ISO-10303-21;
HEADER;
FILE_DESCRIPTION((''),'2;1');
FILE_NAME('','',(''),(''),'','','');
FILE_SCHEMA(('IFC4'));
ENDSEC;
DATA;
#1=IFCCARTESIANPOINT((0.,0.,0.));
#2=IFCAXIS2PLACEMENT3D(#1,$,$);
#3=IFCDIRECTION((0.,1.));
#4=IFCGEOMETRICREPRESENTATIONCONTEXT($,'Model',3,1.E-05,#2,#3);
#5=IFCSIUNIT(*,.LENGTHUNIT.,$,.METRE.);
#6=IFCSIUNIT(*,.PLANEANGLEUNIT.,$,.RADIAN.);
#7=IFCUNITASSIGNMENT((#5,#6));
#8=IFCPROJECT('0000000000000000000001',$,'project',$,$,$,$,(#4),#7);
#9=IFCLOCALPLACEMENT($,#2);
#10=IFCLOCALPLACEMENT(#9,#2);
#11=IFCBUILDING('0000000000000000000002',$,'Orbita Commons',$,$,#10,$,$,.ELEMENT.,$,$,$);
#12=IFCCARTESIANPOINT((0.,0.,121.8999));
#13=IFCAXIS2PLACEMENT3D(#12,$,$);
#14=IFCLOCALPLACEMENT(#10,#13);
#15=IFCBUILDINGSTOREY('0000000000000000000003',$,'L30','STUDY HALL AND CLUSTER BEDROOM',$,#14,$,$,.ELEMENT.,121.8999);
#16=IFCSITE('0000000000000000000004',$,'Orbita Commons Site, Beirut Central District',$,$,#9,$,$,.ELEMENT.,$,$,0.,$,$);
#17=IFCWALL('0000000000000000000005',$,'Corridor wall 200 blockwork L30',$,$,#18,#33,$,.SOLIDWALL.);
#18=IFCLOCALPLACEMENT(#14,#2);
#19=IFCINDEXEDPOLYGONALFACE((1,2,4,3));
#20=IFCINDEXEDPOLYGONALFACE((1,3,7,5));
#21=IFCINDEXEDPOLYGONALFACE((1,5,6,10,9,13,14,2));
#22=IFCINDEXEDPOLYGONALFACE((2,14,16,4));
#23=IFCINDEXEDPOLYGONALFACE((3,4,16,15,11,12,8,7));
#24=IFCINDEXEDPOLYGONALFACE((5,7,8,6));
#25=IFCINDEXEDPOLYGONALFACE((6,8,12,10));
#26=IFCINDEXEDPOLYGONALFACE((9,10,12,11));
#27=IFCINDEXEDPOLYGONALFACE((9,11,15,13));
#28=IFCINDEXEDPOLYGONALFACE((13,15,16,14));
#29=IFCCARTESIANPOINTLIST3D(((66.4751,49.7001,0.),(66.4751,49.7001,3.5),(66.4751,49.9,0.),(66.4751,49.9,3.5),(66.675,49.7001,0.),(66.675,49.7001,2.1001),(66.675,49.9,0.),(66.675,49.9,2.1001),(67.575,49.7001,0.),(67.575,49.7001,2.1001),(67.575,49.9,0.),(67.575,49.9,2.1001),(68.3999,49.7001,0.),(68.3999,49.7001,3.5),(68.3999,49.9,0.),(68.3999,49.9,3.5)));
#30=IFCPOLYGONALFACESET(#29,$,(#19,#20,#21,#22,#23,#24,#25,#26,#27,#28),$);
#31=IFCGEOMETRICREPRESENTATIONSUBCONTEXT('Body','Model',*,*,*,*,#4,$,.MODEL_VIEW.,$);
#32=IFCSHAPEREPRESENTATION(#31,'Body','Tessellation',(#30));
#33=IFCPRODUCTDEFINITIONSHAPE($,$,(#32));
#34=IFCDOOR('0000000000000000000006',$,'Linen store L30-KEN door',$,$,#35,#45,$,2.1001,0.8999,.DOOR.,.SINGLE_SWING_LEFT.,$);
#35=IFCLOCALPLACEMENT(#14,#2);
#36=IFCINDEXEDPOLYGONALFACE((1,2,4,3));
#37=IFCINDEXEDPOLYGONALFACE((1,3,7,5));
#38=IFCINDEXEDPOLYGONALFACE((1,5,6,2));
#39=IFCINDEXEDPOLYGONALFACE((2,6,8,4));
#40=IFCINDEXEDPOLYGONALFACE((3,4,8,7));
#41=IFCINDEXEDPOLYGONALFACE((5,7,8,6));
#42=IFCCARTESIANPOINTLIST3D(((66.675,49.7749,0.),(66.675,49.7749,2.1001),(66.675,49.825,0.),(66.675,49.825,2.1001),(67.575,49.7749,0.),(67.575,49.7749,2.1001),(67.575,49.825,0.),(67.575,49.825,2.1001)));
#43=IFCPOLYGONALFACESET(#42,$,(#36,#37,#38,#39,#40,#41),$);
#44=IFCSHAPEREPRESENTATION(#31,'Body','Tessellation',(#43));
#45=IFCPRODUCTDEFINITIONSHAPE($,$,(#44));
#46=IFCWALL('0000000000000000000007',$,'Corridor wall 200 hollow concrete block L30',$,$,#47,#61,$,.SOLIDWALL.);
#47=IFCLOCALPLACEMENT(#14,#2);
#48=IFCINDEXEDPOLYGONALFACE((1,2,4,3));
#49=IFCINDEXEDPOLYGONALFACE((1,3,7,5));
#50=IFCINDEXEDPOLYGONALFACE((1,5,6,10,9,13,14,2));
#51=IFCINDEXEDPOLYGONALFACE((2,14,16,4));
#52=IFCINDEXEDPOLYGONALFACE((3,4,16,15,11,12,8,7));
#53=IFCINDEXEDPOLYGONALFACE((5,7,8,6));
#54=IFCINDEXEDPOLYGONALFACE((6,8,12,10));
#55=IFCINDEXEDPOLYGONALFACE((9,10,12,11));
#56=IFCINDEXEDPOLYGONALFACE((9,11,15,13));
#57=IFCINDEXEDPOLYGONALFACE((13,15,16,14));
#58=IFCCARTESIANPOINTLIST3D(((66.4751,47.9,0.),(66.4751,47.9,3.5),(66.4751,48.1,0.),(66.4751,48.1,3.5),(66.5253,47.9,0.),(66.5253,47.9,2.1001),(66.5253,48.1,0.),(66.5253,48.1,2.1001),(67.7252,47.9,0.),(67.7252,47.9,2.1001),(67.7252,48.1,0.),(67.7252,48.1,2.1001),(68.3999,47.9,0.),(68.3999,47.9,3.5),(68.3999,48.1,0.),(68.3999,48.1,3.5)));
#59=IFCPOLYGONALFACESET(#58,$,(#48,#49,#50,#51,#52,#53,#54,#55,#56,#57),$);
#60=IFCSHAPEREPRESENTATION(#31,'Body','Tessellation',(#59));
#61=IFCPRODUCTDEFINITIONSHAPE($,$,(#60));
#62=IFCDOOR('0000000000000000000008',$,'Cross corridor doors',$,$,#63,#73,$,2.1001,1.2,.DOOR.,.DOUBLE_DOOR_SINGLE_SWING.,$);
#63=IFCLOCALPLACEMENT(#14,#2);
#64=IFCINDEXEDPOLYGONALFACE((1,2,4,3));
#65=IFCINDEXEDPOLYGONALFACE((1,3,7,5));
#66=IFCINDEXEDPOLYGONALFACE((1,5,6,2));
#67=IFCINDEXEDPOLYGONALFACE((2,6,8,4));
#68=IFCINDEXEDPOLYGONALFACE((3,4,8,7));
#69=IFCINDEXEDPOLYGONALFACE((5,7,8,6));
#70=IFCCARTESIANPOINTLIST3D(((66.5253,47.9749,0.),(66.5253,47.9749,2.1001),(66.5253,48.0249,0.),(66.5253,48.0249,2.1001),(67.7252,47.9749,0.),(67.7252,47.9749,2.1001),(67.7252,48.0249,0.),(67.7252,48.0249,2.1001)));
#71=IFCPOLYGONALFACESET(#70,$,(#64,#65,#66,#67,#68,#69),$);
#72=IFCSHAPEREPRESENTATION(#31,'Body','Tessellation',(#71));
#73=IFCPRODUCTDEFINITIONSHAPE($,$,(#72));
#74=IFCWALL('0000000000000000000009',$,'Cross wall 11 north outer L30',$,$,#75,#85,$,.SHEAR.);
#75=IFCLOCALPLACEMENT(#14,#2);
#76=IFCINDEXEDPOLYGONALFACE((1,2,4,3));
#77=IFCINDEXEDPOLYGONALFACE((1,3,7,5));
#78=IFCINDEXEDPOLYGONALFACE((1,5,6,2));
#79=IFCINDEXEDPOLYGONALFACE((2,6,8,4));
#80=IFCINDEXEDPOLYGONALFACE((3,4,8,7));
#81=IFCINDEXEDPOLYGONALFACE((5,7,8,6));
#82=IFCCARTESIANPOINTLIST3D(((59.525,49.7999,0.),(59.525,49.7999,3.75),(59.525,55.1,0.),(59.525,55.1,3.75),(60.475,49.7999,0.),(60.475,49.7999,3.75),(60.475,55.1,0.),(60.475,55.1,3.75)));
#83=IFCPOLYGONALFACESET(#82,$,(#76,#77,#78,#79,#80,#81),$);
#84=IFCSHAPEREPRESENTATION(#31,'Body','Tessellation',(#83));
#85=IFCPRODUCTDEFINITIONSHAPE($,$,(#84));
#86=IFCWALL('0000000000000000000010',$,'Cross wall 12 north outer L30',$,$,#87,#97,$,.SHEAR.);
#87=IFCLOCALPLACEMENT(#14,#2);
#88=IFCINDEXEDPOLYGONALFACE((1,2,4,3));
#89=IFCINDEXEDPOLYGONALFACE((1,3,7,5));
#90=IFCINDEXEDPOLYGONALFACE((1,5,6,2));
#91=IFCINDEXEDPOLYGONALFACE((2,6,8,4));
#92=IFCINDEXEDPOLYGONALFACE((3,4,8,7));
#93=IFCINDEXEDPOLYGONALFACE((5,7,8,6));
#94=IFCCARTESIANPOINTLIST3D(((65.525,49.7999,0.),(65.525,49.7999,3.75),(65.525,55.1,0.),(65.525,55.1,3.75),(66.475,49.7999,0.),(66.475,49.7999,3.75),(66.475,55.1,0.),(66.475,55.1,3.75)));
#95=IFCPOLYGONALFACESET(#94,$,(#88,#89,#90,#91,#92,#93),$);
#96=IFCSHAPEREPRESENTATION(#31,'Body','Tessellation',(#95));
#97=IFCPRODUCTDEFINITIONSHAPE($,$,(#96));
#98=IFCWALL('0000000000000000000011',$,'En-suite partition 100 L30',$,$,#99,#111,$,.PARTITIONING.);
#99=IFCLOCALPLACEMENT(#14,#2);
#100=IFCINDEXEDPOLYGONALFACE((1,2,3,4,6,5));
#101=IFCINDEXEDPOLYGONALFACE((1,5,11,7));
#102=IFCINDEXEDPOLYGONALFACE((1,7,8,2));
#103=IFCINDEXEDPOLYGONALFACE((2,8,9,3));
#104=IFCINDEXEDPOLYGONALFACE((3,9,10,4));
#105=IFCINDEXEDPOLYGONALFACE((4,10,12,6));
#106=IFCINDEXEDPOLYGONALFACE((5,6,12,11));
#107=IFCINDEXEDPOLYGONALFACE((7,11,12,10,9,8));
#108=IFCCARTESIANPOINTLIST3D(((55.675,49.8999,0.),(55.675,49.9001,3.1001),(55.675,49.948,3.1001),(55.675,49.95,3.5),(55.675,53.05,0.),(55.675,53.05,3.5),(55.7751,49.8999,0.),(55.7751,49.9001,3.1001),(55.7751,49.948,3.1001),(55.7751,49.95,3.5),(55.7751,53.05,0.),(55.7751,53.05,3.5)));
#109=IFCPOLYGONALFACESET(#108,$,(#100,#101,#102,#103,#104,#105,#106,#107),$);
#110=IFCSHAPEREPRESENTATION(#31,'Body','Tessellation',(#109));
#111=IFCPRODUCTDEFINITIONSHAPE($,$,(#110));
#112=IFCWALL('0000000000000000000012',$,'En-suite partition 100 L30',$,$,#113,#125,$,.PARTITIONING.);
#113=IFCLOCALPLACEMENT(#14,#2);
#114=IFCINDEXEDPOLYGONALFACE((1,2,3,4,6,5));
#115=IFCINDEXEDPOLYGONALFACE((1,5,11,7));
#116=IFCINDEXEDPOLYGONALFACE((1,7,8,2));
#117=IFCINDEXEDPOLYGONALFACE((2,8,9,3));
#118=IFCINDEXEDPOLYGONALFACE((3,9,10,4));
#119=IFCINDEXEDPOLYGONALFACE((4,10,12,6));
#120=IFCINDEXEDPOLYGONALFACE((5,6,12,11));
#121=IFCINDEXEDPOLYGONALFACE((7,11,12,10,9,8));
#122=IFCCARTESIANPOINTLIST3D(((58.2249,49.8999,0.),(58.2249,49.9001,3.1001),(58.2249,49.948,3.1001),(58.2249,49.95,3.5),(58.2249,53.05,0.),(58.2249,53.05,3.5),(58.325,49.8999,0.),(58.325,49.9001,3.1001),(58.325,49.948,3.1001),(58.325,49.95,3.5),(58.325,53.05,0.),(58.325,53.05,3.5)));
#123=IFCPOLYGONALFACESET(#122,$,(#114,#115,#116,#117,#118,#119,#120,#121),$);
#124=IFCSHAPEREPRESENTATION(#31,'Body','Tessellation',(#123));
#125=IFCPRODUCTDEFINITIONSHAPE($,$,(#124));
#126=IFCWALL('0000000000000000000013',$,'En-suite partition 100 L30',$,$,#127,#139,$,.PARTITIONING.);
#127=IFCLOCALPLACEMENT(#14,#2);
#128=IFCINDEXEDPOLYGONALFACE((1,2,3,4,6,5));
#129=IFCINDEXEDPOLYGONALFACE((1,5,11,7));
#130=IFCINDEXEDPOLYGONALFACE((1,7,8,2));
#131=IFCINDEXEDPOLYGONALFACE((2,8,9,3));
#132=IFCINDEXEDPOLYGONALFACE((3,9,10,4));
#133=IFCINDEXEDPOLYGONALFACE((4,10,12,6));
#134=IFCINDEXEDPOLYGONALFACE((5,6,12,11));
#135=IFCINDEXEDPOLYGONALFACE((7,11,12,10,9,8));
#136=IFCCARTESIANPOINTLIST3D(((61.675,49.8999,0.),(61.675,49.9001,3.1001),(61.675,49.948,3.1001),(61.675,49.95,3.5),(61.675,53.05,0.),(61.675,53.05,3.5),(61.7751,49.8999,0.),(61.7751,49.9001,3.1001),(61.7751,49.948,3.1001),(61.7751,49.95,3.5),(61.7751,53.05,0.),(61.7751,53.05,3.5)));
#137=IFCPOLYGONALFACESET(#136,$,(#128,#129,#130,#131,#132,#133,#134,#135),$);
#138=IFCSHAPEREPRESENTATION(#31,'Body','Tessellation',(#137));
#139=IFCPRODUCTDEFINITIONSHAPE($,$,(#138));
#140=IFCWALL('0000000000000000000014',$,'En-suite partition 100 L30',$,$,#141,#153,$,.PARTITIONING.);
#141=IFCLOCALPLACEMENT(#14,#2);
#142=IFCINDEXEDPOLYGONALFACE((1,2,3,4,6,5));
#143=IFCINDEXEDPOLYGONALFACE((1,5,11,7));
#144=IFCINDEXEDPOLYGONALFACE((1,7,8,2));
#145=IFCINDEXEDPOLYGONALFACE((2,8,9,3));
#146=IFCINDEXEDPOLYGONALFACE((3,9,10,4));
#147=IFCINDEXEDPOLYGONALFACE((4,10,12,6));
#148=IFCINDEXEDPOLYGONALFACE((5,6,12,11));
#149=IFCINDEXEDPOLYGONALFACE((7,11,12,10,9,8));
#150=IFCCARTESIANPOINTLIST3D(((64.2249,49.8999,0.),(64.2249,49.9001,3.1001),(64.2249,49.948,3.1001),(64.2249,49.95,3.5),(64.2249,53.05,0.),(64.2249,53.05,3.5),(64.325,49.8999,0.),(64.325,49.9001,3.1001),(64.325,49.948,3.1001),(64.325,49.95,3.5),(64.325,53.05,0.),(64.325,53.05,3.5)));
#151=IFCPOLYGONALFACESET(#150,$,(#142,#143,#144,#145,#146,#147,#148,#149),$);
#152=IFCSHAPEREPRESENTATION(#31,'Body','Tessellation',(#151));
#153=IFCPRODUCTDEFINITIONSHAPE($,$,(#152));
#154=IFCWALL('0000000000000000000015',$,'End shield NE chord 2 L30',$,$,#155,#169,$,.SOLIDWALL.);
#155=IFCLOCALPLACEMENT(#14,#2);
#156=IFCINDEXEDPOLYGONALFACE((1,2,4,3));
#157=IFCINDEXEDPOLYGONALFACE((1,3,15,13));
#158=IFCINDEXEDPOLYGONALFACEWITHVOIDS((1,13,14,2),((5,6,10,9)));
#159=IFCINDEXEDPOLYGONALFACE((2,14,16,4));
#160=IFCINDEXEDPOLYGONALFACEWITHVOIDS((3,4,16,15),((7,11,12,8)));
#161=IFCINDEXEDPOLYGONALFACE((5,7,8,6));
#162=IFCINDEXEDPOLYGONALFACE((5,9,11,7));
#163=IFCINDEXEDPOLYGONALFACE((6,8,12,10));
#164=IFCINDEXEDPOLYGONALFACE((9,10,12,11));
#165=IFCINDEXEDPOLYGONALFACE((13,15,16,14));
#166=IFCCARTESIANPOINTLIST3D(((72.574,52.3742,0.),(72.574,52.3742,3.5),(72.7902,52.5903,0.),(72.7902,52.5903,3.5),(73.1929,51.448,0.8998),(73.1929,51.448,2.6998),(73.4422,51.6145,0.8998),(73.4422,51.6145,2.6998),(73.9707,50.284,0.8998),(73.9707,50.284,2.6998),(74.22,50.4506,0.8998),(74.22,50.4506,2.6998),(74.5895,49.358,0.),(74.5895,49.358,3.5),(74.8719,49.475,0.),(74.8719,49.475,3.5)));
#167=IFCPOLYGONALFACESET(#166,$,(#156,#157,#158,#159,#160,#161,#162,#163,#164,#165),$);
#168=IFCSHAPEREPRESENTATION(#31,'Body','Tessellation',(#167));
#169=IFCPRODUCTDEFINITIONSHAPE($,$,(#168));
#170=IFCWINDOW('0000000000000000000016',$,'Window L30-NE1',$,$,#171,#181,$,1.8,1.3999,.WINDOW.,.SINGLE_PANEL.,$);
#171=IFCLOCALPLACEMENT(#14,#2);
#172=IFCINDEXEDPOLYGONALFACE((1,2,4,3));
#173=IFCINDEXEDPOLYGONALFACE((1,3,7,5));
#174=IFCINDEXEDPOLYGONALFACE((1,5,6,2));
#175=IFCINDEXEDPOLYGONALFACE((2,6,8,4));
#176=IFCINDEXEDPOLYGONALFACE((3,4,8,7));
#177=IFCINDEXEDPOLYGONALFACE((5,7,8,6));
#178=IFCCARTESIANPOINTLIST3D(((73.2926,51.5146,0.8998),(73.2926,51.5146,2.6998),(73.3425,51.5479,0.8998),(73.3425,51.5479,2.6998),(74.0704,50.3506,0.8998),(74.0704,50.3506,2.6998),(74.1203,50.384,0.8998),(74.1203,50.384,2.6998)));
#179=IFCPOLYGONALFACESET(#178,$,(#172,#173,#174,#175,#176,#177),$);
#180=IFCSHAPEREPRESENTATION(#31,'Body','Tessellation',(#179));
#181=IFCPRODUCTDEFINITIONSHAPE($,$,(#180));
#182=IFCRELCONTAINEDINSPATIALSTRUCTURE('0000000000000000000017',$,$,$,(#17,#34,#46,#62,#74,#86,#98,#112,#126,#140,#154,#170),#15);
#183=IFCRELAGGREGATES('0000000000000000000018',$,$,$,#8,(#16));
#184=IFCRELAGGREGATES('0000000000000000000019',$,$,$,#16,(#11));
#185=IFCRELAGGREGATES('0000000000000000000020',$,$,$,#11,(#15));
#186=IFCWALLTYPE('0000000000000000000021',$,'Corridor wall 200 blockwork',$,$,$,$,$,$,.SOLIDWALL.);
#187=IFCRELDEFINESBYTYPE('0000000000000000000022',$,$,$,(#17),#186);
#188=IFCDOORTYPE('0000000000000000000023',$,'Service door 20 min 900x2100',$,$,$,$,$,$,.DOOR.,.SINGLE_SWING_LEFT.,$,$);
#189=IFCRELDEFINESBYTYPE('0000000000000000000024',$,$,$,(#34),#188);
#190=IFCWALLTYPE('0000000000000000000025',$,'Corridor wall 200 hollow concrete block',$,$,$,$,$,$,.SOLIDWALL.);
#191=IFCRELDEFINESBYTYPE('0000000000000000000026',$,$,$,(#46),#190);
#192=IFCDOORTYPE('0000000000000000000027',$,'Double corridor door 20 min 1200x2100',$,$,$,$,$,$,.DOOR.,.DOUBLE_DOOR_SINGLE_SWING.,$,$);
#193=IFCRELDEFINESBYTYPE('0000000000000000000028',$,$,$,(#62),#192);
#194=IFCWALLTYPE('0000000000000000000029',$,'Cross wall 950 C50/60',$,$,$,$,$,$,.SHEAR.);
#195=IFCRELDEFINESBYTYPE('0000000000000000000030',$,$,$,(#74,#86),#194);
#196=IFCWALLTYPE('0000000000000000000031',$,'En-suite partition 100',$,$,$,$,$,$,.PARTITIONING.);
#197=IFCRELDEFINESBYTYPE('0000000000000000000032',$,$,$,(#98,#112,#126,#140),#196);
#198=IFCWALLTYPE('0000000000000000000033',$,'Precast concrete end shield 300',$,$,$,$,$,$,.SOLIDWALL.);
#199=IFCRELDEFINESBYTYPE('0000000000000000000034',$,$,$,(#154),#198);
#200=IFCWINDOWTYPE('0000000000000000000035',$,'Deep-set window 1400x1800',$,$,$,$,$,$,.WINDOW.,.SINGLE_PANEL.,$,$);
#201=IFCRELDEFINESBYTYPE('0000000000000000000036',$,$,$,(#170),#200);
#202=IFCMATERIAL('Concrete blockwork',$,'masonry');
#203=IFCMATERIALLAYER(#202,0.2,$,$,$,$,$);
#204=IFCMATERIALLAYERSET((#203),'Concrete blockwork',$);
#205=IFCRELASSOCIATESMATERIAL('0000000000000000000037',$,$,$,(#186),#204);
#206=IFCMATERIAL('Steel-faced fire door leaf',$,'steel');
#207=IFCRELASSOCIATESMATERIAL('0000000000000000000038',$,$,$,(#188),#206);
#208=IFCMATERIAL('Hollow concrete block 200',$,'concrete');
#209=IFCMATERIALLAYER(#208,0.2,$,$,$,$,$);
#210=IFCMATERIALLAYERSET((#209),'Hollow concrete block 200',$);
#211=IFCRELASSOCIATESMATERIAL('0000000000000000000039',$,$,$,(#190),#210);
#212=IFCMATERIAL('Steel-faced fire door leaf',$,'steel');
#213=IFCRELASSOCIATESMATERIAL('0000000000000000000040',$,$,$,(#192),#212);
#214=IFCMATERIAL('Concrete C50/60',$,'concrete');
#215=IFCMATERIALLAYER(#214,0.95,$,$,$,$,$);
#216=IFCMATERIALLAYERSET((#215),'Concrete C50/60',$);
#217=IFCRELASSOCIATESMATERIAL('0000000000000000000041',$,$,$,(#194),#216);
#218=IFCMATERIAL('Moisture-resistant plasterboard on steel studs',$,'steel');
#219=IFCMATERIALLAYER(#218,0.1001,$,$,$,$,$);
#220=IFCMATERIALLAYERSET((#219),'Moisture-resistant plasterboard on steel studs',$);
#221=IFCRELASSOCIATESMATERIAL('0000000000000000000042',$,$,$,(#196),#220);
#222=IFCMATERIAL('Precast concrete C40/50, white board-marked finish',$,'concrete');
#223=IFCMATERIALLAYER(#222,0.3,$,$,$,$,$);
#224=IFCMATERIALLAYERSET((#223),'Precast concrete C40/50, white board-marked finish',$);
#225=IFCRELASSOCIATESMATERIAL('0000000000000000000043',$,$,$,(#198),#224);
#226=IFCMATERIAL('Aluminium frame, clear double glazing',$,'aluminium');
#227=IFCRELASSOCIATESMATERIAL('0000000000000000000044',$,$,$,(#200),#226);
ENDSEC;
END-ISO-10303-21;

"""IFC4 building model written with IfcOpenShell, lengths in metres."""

from ifc_helpers import new_model, si_unit, direction, frame, frame_2d, origin, place, context, subcontext, project, spatial, polyline, rectangle, outline, extrude, material, layer, layer_set, type_object, element, fill, save


model = new_model("IFC4")

# Units and contexts
model_context = context("Model", 3, precision=1e-05, world=origin(), true_north=direction((0.0, 1.0)))
body_context = subcontext(model_context, "Body", "Model", "MODEL_VIEW")
ifc_project = project(units=[si_unit("LENGTHUNIT", "METRE"), si_unit("PLANEANGLEUNIT", "RADIAN")], contexts=[model_context])

# Site, building, storey
site_placement = place(None, origin())
site = spatial("IfcSite", under=ifc_project, at=site_placement, Name="Orbita Commons Site, Beirut Central District", CompositionType="ELEMENT", RefElevation=0.0)
building_placement = place(site_placement, origin())
building = spatial("IfcBuilding", under=site, at=building_placement, Name="Orbita Commons", CompositionType="ELEMENT")
storey_placement = place(building_placement, frame((0.0, 0.0, 121.8999)))
storey = spatial("IfcBuildingStorey", under=building, at=storey_placement, Name="L30", Description="STUDY HALL AND CLUSTER BEDROOM", CompositionType="ELEMENT", Elevation=121.8999)

# Shared definitions
ifc_material_1 = material(Name="Concrete blockwork", Category="masonry")
ifc_layer_1 = layer(ifc_material_1, 0.2)
ifc_layer_set_1 = layer_set([ifc_layer_1], Name="Concrete blockwork")
wall_type_1 = type_object("IfcWallType", Name="Corridor wall 200 blockwork", PredefinedType="SOLIDWALL", material=ifc_layer_set_1)

# Walls, openings, doors
wall_1_placement = place(storey_placement, frame((66.4751, 49.8, 0.0), z_axis=(0.0, 0.0, 1.0), x_axis=(1.0, 0.0, 0.0)))
wall_1 = element("IfcWall", 1, at=wall_1_placement, inside=storey, type_object=wall_type_1, Name="Corridor wall 200 blockwork L30", PredefinedType="SOLIDWALL", context=body_context, shape_type="SweptSolid", body=[
    extrude(rectangle(XDim=1.9248, YDim=0.2, at=frame_2d((0.9624, 0.0))), origin(), (0.0, 0.0, 1.0), 3.5),
])
opening_1_placement = place(wall_1_placement, frame((0.2, 0.0, 0.0)))
opening_1 = element("IfcOpeningElement", 2, at=opening_1_placement, cuts=wall_1, PredefinedType="OPENING", context=body_context, shape_type="SweptSolid", body=[
    extrude(rectangle(XDim=0.8999, YDim=2.1001, at=frame_2d((0.45, 1.05))), frame((0.0, 0.1099, 0.0), z_axis=(0.0, -1.0, 0.0), x_axis=(1.0, 0.0, 0.0)), (0.0, 0.0, 1.0), 0.22),
])
ifc_material_2 = material(Name="Steel-faced fire door leaf", Category="steel")
door_type_1 = type_object("IfcDoorType", Name="Service door 20 min 900x2100", OperationType="SINGLE_SWING_LEFT", PredefinedType="DOOR", material=ifc_material_2)
door_1_placement = place(opening_1_placement, origin())
door_1 = element("IfcDoor", 3, at=door_1_placement, inside=storey, type_object=door_type_1, Name="Linen store L30-KEN door", OperationType="SINGLE_SWING_LEFT", OverallHeight=2.1001, OverallWidth=0.8999, PredefinedType="DOOR", context=body_context, shape_type="SweptSolid", body=[
    extrude(rectangle(XDim=0.8999, YDim=2.1001, at=frame_2d((0.45, 1.05))), frame((0.0, 0.0249, 0.0), z_axis=(0.0, -1.0, 0.0), x_axis=(1.0, 0.0, 0.0)), (0.0, 0.0, 1.0), 0.05),
])
fill(opening_1, door_1)
ifc_material_3 = material(Name="Hollow concrete block 200", Category="concrete")
ifc_layer_2 = layer(ifc_material_3, 0.2)
ifc_layer_set_2 = layer_set([ifc_layer_2], Name="Hollow concrete block 200")
wall_type_2 = type_object("IfcWallType", Name="Corridor wall 200 hollow concrete block", PredefinedType="SOLIDWALL", material=ifc_layer_set_2)
wall_2_placement = place(storey_placement, frame((66.4751, 48.0, 0.0), z_axis=(0.0, 0.0, 1.0), x_axis=(1.0, 0.0, 0.0)))
wall_2 = element("IfcWall", 4, at=wall_2_placement, inside=storey, type_object=wall_type_2, Name="Corridor wall 200 hollow concrete block L30", PredefinedType="SOLIDWALL", context=body_context, shape_type="SweptSolid", body=[
    extrude(rectangle(XDim=1.9248, YDim=0.2, at=frame_2d((0.9624, 0.0))), origin(), (0.0, 0.0, 1.0), 3.5),
])
opening_2_placement = place(wall_2_placement, frame((0.05, 0.0, 0.0)))
opening_2 = element("IfcOpeningElement", 5, at=opening_2_placement, cuts=wall_2, PredefinedType="OPENING", context=body_context, shape_type="SweptSolid", body=[
    extrude(rectangle(XDim=1.2, YDim=2.1001, at=frame_2d((0.6001, 1.05))), frame((0.0, 0.1099, 0.0), z_axis=(0.0, -1.0, 0.0), x_axis=(1.0, 0.0, 0.0)), (0.0, 0.0, 1.0), 0.22),
])
ifc_material_4 = material(Name="Steel-faced fire door leaf", Category="steel")
door_type_2 = type_object("IfcDoorType", Name="Double corridor door 20 min 1200x2100", OperationType="DOUBLE_DOOR_SINGLE_SWING", PredefinedType="DOOR", material=ifc_material_4)
door_2_placement = place(opening_2_placement, origin())
door_2 = element("IfcDoor", 6, at=door_2_placement, inside=storey, type_object=door_type_2, Name="Cross corridor doors", OperationType="DOUBLE_DOOR_SINGLE_SWING", OverallHeight=2.1001, OverallWidth=1.2, PredefinedType="DOOR", context=body_context, shape_type="SweptSolid", body=[
    extrude(rectangle(XDim=1.2, YDim=2.1001, at=frame_2d((0.6001, 1.05))), frame((0.0, 0.0249, 0.0), z_axis=(0.0, -1.0, 0.0), x_axis=(1.0, 0.0, 0.0)), (0.0, 0.0, 1.0), 0.05),
])
fill(opening_2, door_2)

# Walls
ifc_material_5 = material(Name="Concrete C50/60", Category="concrete")
ifc_layer_3 = layer(ifc_material_5, 0.95)
ifc_layer_set_3 = layer_set([ifc_layer_3], Name="Concrete C50/60")
wall_type_3 = type_object("IfcWallType", Name="Cross wall 950 C50/60", PredefinedType="SHEAR", material=ifc_layer_set_3)
for number, where, z_axis, x_axis, name in (
    (7, (60.0, 49.8, 0.0), (0.0, 0.0, 1.0), (0.0, 1.0, 0.0), "Cross wall 11 north outer L30"),
    (8, (66.0, 49.8, 0.0), (0.0, 0.0, 1.0), (0.0, 1.0, 0.0), "Cross wall 12 north outer L30"),
):
    element("IfcWall", number, at=place(storey_placement, frame(where, z_axis=z_axis, x_axis=x_axis)), inside=storey, type_object=wall_type_3, Name=name, PredefinedType="SHEAR", context=body_context, shape_type="SweptSolid", body=[
        extrude(rectangle(XDim=5.3, YDim=0.95, at=frame_2d((2.6499, 0.0))), origin(), (0.0, 0.0, 1.0), 3.75),
    ])
ifc_material_6 = material(Name="Moisture-resistant plasterboard on steel studs", Category="steel")
ifc_layer_4 = layer(ifc_material_6, 0.1001)
ifc_layer_set_4 = layer_set([ifc_layer_4], Name="Moisture-resistant plasterboard on steel studs")
wall_type_4 = type_object("IfcWallType", Name="En-suite partition 100", PredefinedType="PARTITIONING", material=ifc_layer_set_4)
for number, where, z_axis, x_axis, name in (
    (9, (55.7251, 53.05, 0.0), (0.0, 0.0, 1.0), (0.0, -1.0, 0.0), "En-suite partition 100 L30"),
    (10, (58.2749, 53.05, 0.0), (0.0, 0.0, 1.0), (0.0, -1.0, 0.0), "En-suite partition 100 L30"),
    (11, (61.7251, 53.05, 0.0), (0.0, 0.0, 1.0), (0.0, -1.0, 0.0), "En-suite partition 100 L30"),
    (12, (64.2749, 53.05, 0.0), (0.0, 0.0, 1.0), (0.0, -1.0, 0.0), "En-suite partition 100 L30"),
):
    element("IfcWall", number, at=place(storey_placement, frame(where, z_axis=z_axis, x_axis=x_axis)), inside=storey, type_object=wall_type_4, Name=name, PredefinedType="PARTITIONING", context=body_context, shape_type="SweptSolid", body=[
        extrude(outline(polyline([(0.0, 0.0), (3.1501, 0.0), (3.1499, 3.1001), (3.1021, 3.1001), (3.1001, 3.5), (0.0, 3.5), (0.0, 0.0)])), frame((0.0, 0.05, 0.0), z_axis=(0.0, -1.0, 0.0), x_axis=(1.0, 0.0, 0.0)), (0.0, 0.0, 1.0), 0.1001),
    ])

# Wall, opening, window
ifc_material_7 = material(Name="Precast concrete C40/50, white board-marked finish", Category="concrete")
ifc_layer_5 = layer(ifc_material_7, 0.3)
ifc_layer_set_5 = layer_set([ifc_layer_5], Name="Precast concrete C40/50, white board-marked finish")
wall_type_5 = type_object("IfcWallType", Name="Precast concrete end shield 300", PredefinedType="SOLIDWALL", material=ifc_layer_set_5)
wall_3_placement = place(storey_placement, frame((74.7307, 49.4165, 0.0), z_axis=(0.0, 0.0, 1.0), x_axis=(-0.555601, 0.831449, 0.0)))
wall_3 = element("IfcWall", 13, at=wall_3_placement, inside=storey, type_object=wall_type_5, Name="End shield NE chord 2 L30", PredefinedType="SOLIDWALL", context=body_context, shape_type="SweptSolid", body=[
    extrude(outline(polyline([(-0.0298, -0.1499), (3.717, -0.1499), (3.6575, 0.1499), (0.0298, 0.1499), (-0.0298, -0.1499)])), origin(), (0.0, 0.0, 1.0), 3.5),
])
opening_3_placement = place(wall_3_placement, frame((1.1436, 0.0, 0.8999)))
opening_3 = element("IfcOpeningElement", 14, at=opening_3_placement, cuts=wall_3, PredefinedType="OPENING", context=body_context, shape_type="SweptSolid", body=[
    extrude(rectangle(XDim=1.3999, YDim=1.8, at=frame_2d((0.7, 0.8999))), frame((0.0, 0.1599, 0.0), z_axis=(0.0, -1.0, 0.0), x_axis=(1.0, 0.0, 0.0)), (0.0, 0.0, 1.0), 0.3201),
])
ifc_material_8 = material(Name="Aluminium frame, clear double glazing", Category="aluminium")
window_type = type_object("IfcWindowType", Name="Deep-set window 1400x1800", PartitioningType="SINGLE_PANEL", PredefinedType="WINDOW", material=ifc_material_8)
window_1_placement = place(opening_3_placement, origin())
window_1 = element("IfcWindow", 15, at=window_1_placement, inside=storey, type_object=window_type, Name="Window L30-NE1", OverallHeight=1.8, OverallWidth=1.3999, PartitioningType="SINGLE_PANEL", PredefinedType="WINDOW", context=body_context, shape_type="SweptSolid", body=[
    extrude(rectangle(XDim=1.3999, YDim=1.8, at=frame_2d((0.7, 0.8999))), frame((0.0, 0.03, 0.0), z_axis=(0.0, -1.0, 0.0), x_axis=(1.0, 0.0, 0.0)), (0.0, 0.0, 1.0), 0.0601),
])
fill(opening_3, window_1)

save(model, "model.ifc")
